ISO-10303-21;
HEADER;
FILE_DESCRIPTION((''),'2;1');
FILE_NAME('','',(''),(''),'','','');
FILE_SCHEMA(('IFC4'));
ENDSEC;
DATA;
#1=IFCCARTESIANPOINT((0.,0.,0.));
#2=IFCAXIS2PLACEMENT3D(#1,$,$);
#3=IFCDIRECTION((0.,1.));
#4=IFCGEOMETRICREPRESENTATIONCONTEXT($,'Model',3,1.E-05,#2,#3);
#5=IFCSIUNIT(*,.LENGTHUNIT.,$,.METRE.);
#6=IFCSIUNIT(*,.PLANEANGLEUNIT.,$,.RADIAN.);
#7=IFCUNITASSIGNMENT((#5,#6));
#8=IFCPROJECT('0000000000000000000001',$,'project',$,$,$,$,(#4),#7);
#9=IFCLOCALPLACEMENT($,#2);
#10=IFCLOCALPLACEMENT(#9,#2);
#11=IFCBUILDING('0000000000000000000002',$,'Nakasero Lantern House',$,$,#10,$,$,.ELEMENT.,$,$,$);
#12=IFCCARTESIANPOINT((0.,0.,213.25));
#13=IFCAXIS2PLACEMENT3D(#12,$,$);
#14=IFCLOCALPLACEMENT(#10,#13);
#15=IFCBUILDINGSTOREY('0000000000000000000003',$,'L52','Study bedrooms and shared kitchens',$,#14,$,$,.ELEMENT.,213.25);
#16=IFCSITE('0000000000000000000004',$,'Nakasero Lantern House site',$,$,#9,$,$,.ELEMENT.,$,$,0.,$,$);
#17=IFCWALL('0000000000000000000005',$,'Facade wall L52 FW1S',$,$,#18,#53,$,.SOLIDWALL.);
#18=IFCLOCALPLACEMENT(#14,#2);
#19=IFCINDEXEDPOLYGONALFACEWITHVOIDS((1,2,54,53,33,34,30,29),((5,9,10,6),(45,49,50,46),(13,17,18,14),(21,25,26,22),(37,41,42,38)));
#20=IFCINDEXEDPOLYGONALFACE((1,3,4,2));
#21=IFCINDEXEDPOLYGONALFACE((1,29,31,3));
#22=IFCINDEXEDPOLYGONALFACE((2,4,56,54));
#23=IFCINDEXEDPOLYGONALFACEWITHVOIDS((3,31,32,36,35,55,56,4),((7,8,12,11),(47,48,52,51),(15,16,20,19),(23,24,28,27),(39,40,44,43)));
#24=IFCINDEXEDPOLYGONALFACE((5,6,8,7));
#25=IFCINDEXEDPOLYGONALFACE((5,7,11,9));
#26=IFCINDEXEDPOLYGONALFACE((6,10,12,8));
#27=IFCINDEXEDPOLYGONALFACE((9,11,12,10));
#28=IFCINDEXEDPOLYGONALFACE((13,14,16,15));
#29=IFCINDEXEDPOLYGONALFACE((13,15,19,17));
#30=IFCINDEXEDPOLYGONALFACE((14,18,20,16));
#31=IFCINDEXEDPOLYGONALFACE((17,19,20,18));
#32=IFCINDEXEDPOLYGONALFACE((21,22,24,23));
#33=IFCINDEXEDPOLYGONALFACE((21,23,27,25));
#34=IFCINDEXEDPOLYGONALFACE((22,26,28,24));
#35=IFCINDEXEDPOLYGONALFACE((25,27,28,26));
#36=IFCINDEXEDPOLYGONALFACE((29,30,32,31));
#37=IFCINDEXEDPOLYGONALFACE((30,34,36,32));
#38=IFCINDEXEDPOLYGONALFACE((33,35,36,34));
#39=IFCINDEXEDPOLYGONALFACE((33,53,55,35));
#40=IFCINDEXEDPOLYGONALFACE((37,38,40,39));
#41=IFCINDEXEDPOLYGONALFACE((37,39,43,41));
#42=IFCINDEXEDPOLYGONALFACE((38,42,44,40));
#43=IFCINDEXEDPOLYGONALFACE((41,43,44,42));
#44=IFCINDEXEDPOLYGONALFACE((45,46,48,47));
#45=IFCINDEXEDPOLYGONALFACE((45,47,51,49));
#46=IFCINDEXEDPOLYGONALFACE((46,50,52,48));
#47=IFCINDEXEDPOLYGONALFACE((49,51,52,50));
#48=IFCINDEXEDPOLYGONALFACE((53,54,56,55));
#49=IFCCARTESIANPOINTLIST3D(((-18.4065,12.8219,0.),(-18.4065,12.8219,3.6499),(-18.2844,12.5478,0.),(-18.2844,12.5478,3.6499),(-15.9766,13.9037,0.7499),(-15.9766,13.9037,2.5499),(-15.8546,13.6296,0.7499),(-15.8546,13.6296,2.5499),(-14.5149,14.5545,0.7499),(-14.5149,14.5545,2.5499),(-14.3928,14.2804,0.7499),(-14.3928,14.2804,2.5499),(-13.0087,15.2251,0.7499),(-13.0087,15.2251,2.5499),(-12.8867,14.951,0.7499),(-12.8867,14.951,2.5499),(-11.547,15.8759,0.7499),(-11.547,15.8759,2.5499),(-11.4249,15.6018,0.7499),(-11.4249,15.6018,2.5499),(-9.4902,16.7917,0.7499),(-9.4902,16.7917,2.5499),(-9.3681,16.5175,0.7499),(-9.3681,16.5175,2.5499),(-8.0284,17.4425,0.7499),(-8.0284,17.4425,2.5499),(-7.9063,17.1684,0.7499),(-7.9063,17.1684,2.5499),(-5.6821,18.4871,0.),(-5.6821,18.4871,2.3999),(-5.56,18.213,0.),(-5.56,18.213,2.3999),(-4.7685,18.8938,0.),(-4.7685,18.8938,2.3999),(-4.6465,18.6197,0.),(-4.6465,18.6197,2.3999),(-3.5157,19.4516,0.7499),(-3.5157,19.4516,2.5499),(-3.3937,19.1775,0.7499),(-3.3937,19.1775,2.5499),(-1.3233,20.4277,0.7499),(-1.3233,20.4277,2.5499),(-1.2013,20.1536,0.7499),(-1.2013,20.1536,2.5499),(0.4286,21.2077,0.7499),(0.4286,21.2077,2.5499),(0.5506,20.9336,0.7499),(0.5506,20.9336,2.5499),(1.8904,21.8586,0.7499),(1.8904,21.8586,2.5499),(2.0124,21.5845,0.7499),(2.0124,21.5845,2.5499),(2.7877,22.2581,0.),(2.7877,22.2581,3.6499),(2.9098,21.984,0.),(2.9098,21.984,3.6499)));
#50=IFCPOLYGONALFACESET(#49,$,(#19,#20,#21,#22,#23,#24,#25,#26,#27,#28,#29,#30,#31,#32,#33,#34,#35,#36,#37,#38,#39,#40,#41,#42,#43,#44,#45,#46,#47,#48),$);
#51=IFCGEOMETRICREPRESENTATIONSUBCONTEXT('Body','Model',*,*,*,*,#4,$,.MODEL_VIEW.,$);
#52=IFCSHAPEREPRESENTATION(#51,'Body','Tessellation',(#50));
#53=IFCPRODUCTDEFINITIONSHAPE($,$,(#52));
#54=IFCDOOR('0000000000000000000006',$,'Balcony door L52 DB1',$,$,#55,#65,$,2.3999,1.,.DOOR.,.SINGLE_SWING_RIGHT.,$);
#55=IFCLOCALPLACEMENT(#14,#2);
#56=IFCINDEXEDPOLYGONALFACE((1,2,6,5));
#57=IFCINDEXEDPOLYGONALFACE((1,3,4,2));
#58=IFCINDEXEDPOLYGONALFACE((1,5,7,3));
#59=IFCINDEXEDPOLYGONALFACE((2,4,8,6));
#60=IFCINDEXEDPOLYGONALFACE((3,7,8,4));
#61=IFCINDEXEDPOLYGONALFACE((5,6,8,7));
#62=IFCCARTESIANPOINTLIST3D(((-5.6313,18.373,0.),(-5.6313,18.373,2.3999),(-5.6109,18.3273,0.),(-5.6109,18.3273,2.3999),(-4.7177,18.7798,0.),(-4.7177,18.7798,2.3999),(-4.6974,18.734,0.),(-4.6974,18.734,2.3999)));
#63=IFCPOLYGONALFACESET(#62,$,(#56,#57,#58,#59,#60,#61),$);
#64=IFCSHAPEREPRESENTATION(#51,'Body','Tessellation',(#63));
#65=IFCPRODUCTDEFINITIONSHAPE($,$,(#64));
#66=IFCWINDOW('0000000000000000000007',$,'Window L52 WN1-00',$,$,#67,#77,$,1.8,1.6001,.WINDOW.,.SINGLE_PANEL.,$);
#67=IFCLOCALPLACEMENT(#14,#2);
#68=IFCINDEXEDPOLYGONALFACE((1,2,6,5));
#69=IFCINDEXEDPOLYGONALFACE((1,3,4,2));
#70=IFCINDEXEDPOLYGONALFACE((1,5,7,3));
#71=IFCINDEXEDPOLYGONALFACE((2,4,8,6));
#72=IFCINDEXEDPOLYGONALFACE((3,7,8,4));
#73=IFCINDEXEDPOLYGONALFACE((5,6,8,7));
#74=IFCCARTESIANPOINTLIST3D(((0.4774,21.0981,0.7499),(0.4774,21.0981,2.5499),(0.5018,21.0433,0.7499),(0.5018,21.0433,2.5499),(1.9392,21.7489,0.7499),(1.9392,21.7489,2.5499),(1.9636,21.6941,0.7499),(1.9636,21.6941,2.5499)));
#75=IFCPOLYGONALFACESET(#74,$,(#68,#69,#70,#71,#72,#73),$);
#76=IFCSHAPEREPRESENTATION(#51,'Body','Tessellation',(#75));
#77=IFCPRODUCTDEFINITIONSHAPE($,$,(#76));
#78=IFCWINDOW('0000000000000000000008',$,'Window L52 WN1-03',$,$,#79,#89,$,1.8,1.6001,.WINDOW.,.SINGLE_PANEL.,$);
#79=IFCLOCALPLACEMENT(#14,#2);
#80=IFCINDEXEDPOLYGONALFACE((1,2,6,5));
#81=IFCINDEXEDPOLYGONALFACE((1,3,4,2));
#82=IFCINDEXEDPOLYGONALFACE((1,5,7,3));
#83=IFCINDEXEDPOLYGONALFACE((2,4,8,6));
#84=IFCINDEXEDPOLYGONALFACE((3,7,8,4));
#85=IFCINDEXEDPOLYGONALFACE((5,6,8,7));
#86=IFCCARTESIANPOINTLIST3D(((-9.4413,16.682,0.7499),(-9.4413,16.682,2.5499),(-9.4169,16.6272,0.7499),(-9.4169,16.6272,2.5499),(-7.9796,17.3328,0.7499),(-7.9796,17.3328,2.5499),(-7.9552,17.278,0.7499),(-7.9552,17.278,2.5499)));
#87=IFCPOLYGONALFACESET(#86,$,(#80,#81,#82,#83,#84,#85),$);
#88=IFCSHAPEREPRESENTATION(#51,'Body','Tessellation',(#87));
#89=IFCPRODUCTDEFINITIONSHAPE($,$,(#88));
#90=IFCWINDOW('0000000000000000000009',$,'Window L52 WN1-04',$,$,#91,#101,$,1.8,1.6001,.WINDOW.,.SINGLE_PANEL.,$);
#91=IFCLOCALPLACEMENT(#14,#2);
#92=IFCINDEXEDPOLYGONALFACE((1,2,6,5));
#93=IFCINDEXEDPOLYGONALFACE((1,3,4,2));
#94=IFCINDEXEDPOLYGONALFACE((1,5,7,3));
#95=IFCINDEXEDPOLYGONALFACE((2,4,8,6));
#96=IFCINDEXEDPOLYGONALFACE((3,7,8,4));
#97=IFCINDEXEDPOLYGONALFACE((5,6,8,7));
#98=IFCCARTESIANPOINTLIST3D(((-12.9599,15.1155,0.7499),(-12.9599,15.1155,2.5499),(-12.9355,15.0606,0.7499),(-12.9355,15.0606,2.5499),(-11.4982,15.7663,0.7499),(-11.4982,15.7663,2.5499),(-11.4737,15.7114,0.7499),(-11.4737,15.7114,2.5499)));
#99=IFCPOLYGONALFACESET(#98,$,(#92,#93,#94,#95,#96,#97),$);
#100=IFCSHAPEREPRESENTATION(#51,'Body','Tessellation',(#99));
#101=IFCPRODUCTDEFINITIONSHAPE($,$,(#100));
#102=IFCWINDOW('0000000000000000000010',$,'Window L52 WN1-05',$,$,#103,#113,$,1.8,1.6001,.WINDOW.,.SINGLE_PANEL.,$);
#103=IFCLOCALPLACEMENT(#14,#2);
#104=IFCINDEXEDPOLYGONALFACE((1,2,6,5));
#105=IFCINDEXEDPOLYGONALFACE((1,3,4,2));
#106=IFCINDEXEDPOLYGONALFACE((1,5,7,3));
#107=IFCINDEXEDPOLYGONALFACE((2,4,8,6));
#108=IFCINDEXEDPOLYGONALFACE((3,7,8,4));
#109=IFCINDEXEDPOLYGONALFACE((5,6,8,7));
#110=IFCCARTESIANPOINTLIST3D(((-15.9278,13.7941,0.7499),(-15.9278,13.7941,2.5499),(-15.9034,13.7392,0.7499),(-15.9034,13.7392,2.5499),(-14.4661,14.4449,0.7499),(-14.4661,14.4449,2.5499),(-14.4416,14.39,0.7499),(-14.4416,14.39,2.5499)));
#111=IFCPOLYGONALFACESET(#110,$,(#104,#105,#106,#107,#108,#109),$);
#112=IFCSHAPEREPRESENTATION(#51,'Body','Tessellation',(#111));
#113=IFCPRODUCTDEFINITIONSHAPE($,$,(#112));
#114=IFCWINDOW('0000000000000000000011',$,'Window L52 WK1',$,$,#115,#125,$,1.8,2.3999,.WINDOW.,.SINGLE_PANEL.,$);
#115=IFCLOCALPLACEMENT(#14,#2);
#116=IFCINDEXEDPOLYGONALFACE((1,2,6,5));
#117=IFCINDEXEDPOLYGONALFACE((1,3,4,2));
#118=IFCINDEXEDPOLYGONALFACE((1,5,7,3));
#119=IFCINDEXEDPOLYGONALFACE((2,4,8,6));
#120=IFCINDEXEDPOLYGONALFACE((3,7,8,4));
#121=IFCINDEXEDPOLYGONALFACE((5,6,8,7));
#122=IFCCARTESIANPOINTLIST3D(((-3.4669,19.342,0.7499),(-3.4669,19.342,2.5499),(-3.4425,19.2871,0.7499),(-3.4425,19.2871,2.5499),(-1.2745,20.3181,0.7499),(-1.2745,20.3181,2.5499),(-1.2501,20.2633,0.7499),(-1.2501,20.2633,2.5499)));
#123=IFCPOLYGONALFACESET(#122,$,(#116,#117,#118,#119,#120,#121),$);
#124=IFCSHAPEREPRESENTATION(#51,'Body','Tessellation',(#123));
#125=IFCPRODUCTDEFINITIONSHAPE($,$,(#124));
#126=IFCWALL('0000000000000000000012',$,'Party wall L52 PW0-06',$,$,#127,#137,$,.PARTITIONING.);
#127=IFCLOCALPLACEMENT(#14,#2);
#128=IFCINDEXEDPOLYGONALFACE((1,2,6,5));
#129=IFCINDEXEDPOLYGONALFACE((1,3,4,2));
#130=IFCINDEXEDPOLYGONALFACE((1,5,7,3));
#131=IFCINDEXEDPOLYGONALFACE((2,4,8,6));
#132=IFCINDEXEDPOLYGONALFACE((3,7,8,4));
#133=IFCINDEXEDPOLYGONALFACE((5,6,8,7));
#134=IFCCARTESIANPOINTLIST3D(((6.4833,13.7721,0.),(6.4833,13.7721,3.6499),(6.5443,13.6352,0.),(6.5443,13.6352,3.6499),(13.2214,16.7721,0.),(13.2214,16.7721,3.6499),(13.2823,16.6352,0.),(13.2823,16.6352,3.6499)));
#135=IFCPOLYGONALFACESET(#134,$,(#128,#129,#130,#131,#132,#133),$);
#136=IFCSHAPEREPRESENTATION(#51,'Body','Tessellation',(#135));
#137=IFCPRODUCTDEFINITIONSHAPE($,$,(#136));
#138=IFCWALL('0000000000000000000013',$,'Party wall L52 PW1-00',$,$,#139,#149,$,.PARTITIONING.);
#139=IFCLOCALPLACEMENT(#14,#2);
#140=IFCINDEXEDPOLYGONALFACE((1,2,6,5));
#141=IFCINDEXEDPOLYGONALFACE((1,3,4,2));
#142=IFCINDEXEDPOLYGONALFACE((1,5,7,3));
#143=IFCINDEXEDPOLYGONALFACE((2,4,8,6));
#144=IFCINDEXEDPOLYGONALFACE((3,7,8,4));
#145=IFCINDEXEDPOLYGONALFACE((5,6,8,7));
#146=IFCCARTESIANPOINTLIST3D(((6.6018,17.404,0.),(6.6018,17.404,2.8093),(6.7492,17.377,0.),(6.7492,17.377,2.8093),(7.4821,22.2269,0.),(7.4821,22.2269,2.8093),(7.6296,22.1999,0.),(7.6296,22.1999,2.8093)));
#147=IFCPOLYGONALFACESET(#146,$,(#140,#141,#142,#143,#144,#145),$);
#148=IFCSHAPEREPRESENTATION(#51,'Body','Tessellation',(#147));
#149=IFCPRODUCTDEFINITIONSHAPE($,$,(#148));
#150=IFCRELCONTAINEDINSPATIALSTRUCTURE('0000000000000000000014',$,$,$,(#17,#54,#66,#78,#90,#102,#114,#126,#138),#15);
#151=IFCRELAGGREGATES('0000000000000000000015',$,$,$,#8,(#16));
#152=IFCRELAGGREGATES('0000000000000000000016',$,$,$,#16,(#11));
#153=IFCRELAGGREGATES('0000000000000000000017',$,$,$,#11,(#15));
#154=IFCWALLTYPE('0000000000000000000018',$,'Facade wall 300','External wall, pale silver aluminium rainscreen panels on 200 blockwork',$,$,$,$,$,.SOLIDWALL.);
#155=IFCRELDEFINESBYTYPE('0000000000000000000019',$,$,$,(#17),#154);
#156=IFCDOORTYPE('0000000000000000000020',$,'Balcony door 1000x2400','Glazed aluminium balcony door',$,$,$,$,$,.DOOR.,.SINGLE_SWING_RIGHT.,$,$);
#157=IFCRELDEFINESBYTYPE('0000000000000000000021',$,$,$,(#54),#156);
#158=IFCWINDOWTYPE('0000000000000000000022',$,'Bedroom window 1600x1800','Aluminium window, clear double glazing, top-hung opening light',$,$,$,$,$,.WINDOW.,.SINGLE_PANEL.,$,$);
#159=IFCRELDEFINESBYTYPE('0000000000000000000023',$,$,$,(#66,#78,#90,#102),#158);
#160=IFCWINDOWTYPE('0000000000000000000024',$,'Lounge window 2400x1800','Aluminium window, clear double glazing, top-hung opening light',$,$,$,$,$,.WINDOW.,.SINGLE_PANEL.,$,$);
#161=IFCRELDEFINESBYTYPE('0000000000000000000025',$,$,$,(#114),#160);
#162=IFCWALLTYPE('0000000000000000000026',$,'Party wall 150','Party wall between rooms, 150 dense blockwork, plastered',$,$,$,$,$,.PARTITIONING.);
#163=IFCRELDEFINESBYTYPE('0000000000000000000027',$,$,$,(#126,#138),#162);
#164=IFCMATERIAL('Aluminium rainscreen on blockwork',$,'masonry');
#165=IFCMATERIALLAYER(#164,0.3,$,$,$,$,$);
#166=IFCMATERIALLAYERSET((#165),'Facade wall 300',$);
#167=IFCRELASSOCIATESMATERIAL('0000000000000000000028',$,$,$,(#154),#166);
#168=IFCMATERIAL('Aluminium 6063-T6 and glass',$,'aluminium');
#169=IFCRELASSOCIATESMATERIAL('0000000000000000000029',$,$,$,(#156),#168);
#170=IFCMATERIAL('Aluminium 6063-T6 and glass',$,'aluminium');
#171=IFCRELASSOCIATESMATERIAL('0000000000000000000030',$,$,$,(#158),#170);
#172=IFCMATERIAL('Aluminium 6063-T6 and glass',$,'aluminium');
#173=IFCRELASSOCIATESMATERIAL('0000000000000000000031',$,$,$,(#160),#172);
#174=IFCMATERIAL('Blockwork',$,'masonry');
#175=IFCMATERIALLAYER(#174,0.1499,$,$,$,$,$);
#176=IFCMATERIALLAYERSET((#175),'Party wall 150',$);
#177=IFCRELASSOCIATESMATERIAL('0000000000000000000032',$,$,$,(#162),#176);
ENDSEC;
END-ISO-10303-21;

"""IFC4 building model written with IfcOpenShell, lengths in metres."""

from ifc_helpers import new_model, si_unit, direction, frame, frame_2d, origin, place, context, subcontext, project, spatial, rectangle, extrude, material, layer, layer_set, type_object, element, fill, save


model = new_model("IFC4")

# Units and contexts
model_context = context("Model", 3, precision=1e-05, world=origin(), true_north=direction((0.0, 1.0)))
body_context = subcontext(model_context, "Body", "Model", "MODEL_VIEW")
ifc_project = project(units=[si_unit("LENGTHUNIT", "METRE"), si_unit("PLANEANGLEUNIT", "RADIAN")], contexts=[model_context])

# Site, building, storey
site_placement = place(None, origin())
site = spatial("IfcSite", under=ifc_project, at=site_placement, Name="Nakasero Lantern House site", CompositionType="ELEMENT", RefElevation=0.0)
building_placement = place(site_placement, origin())
building = spatial("IfcBuilding", under=site, at=building_placement, Name="Nakasero Lantern House", CompositionType="ELEMENT")
storey_placement = place(building_placement, frame((0.0, 0.0, 213.25)))
storey = spatial("IfcBuildingStorey", under=building, at=storey_placement, Name="L52", Description="Study bedrooms and shared kitchens", CompositionType="ELEMENT", Elevation=213.25)

# Shared definitions
ifc_material_1 = material(Name="Aluminium rainscreen on blockwork", Category="masonry")
ifc_layer_1 = layer(ifc_material_1, 0.3)
ifc_layer_set_1 = layer_set([ifc_layer_1], Name="Facade wall 300")
wall_type_1 = type_object("IfcWallType", Name="Facade wall 300", Description="External wall, pale silver aluminium rainscreen panels on 200 blockwork", PredefinedType="SOLIDWALL", material=ifc_layer_set_1)

# Wall, openings, door, windows
wall_1_placement = place(storey_placement, frame((2.8489, 22.1211, 0.0), z_axis=(0.0, 0.0, 1.0), x_axis=(-0.913546, -0.406735, 0.0)))
wall_1 = element("IfcWall", 1, at=wall_1_placement, inside=storey, type_object=wall_type_1, Name="Facade wall L52 FW1S", PredefinedType="SOLIDWALL", context=body_context, shape_type="SweptSolid", body=[
    extrude(rectangle(XDim=23.2, YDim=0.3, at=frame_2d((11.6001, 0.0))), origin(), (0.0, 0.0, 1.0), 3.6499),
])
opening_1_placement = place(wall_1_placement, frame((0.9824, 0.0, 0.75)))
opening_1 = element("IfcOpeningElement", 2, at=opening_1_placement, cuts=wall_1, PredefinedType="OPENING", context=body_context, shape_type="SweptSolid", body=[
    extrude(rectangle(XDim=1.6001, YDim=1.8, at=frame_2d((0.8, 0.8999))), frame((0.0, 0.1699, 0.0), z_axis=(0.0, -1.0, 0.0), x_axis=(1.0, 0.0, 0.0)), (0.0, 0.0, 1.0), 0.3401),
])
opening_2_placement = place(wall_1_placement, frame((11.8398, 0.0, 0.75)))
opening_2 = element("IfcOpeningElement", 3, at=opening_2_placement, cuts=wall_1, PredefinedType="OPENING", context=body_context, shape_type="SweptSolid", body=[
    extrude(rectangle(XDim=1.6001, YDim=1.8, at=frame_2d((0.8, 0.8999))), frame((0.0, 0.1699, 0.0), z_axis=(0.0, -1.0, 0.0), x_axis=(1.0, 0.0, 0.0)), (0.0, 0.0, 1.0), 0.3401),
])
opening_3_placement = place(wall_1_placement, frame((15.6914, 0.0, 0.75)))
opening_3 = element("IfcOpeningElement", 4, at=opening_3_placement, cuts=wall_1, PredefinedType="OPENING", context=body_context, shape_type="SweptSolid", body=[
    extrude(rectangle(XDim=1.6001, YDim=1.8, at=frame_2d((0.8, 0.8999))), frame((0.0, 0.1699, 0.0), z_axis=(0.0, -1.0, 0.0), x_axis=(1.0, 0.0, 0.0)), (0.0, 0.0, 1.0), 0.3401),
])
opening_4_placement = place(wall_1_placement, frame((18.9402, 0.0, 0.75)))
opening_4 = element("IfcOpeningElement", 5, at=opening_4_placement, cuts=wall_1, PredefinedType="OPENING", context=body_context, shape_type="SweptSolid", body=[
    extrude(rectangle(XDim=1.6001, YDim=1.8, at=frame_2d((0.8, 0.8999))), frame((0.0, 0.1699, 0.0), z_axis=(0.0, -1.0, 0.0), x_axis=(1.0, 0.0, 0.0)), (0.0, 0.0, 1.0), 0.3401),
])
opening_5_placement = place(wall_1_placement, frame((4.5002, 0.0, 0.75)))
opening_5 = element("IfcOpeningElement", 6, at=opening_5_placement, cuts=wall_1, PredefinedType="OPENING", context=body_context, shape_type="SweptSolid", body=[
    extrude(rectangle(XDim=2.3999, YDim=1.8, at=frame_2d((1.2, 0.8999))), frame((0.0, 0.1699, 0.0), z_axis=(0.0, -1.0, 0.0), x_axis=(1.0, 0.0, 0.0)), (0.0, 0.0, 1.0), 0.3401),
])
opening_6_placement = place(wall_1_placement, frame((8.2715, 0.0, 0.0)))
opening_6 = element("IfcOpeningElement", 7, at=opening_6_placement, cuts=wall_1, PredefinedType="OPENING", context=body_context, shape_type="SweptSolid", body=[
    extrude(rectangle(XDim=1.0, YDim=2.3999, at=frame_2d((0.5, 1.2))), frame((0.0, 0.1699, 0.0), z_axis=(0.0, -1.0, 0.0), x_axis=(1.0, 0.0, 0.0)), (0.0, 0.0, 1.0), 0.3401),
])
ifc_material_2 = material(Name="Aluminium 6063-T6 and glass", Category="aluminium")
door_type_1 = type_object("IfcDoorType", Name="Balcony door 1000x2400", Description="Glazed aluminium balcony door", OperationType="SINGLE_SWING_RIGHT", PredefinedType="DOOR", material=ifc_material_2)
door_1_placement = place(opening_6_placement, origin())
door_1 = element("IfcDoor", 8, at=door_1_placement, inside=storey, type_object=door_type_1, Name="Balcony door L52 DB1", OperationType="SINGLE_SWING_RIGHT", OverallHeight=2.3999, OverallWidth=1.0, PredefinedType="DOOR", context=body_context, shape_type="SweptSolid", body=[
    extrude(rectangle(XDim=1.0, YDim=2.3999, at=frame_2d((0.5, 1.2))), frame((0.0, 0.0249, 0.0), z_axis=(0.0, -1.0, 0.0), x_axis=(1.0, 0.0, 0.0)), (0.0, 0.0, 1.0), 0.05),
])
fill(opening_6, door_1)
ifc_material_3 = material(Name="Aluminium 6063-T6 and glass", Category="aluminium")
window_type_1 = type_object("IfcWindowType", Name="Bedroom window 1600x1800", Description="Aluminium window, clear double glazing, top-hung opening light", PartitioningType="SINGLE_PANEL", PredefinedType="WINDOW", material=ifc_material_3)
window_1_placement = place(opening_1_placement, origin())
window_1 = element("IfcWindow", 9, at=window_1_placement, inside=storey, type_object=window_type_1, Name="Window L52 WN1-00", OverallHeight=1.8, OverallWidth=1.6001, PartitioningType="SINGLE_PANEL", PredefinedType="WINDOW", context=body_context, shape_type="SweptSolid", body=[
    extrude(rectangle(XDim=1.6001, YDim=1.8, at=frame_2d((0.8, 0.8999))), frame((0.0, 0.03, 0.0), z_axis=(0.0, -1.0, 0.0), x_axis=(1.0, 0.0, 0.0)), (0.0, 0.0, 1.0), 0.0601),
])
fill(opening_1, window_1)
window_2_placement = place(opening_2_placement, origin())
window_2 = element("IfcWindow", 10, at=window_2_placement, inside=storey, type_object=window_type_1, Name="Window L52 WN1-03", OverallHeight=1.8, OverallWidth=1.6001, PartitioningType="SINGLE_PANEL", PredefinedType="WINDOW", context=body_context, shape_type="SweptSolid", body=[
    extrude(rectangle(XDim=1.6001, YDim=1.8, at=frame_2d((0.8, 0.8999))), frame((0.0, 0.03, 0.0), z_axis=(0.0, -1.0, 0.0), x_axis=(1.0, 0.0, 0.0)), (0.0, 0.0, 1.0), 0.0601),
])
fill(opening_2, window_2)
window_3_placement = place(opening_3_placement, origin())
window_3 = element("IfcWindow", 11, at=window_3_placement, inside=storey, type_object=window_type_1, Name="Window L52 WN1-04", OverallHeight=1.8, OverallWidth=1.6001, PartitioningType="SINGLE_PANEL", PredefinedType="WINDOW", context=body_context, shape_type="SweptSolid", body=[
    extrude(rectangle(XDim=1.6001, YDim=1.8, at=frame_2d((0.8, 0.8999))), frame((0.0, 0.03, 0.0), z_axis=(0.0, -1.0, 0.0), x_axis=(1.0, 0.0, 0.0)), (0.0, 0.0, 1.0), 0.0601),
])
fill(opening_3, window_3)
window_4_placement = place(opening_4_placement, origin())
window_4 = element("IfcWindow", 12, at=window_4_placement, inside=storey, type_object=window_type_1, Name="Window L52 WN1-05", OverallHeight=1.8, OverallWidth=1.6001, PartitioningType="SINGLE_PANEL", PredefinedType="WINDOW", context=body_context, shape_type="SweptSolid", body=[
    extrude(rectangle(XDim=1.6001, YDim=1.8, at=frame_2d((0.8, 0.8999))), frame((0.0, 0.03, 0.0), z_axis=(0.0, -1.0, 0.0), x_axis=(1.0, 0.0, 0.0)), (0.0, 0.0, 1.0), 0.0601),
])
fill(opening_4, window_4)
ifc_material_4 = material(Name="Aluminium 6063-T6 and glass", Category="aluminium")
window_type_2 = type_object("IfcWindowType", Name="Lounge window 2400x1800", Description="Aluminium window, clear double glazing, top-hung opening light", PartitioningType="SINGLE_PANEL", PredefinedType="WINDOW", material=ifc_material_4)
window_5_placement = place(opening_5_placement, origin())
window_5 = element("IfcWindow", 13, at=window_5_placement, inside=storey, type_object=window_type_2, Name="Window L52 WK1", OverallHeight=1.8, OverallWidth=2.3999, PartitioningType="SINGLE_PANEL", PredefinedType="WINDOW", context=body_context, shape_type="SweptSolid", body=[
    extrude(rectangle(XDim=2.3999, YDim=1.8, at=frame_2d((1.2, 0.8999))), frame((0.0, 0.03, 0.0), z_axis=(0.0, -1.0, 0.0), x_axis=(1.0, 0.0, 0.0)), (0.0, 0.0, 1.0), 0.0601),
])
fill(opening_5, window_5)

# Walls
ifc_material_5 = material(Name="Blockwork", Category="masonry")
ifc_layer_2 = layer(ifc_material_5, 0.1499)
ifc_layer_set_2 = layer_set([ifc_layer_2], Name="Party wall 150")
wall_type_2 = type_object("IfcWallType", Name="Party wall 150", Description="Party wall between rooms, 150 dense blockwork, plastered", PredefinedType="PARTITIONING", material=ifc_layer_set_2)
wall_2_placement = place(storey_placement, frame((6.5137, 13.7036, 0.0), z_axis=(0.0, 0.0, 1.0), x_axis=(0.913544, 0.40674, 0.0)))
element("IfcWall", 14, at=wall_2_placement, inside=storey, type_object=wall_type_2, Name="Party wall L52 PW0-06", PredefinedType="PARTITIONING", context=body_context, shape_type="SweptSolid", body=[
    extrude(rectangle(XDim=7.3757, YDim=0.1499, at=frame_2d((3.688, 0.0))), origin(), (0.0, 0.0, 1.0), 3.6499),
])
wall_3_placement = place(storey_placement, frame((6.6755, 17.3906, 0.0), z_axis=(0.0, 0.0, 1.0), x_axis=(0.179569, 0.983745, 0.0)))
element("IfcWall", 15, at=wall_3_placement, inside=storey, type_object=wall_type_2, Name="Party wall L52 PW1-00", PredefinedType="PARTITIONING", context=body_context, shape_type="SweptSolid", body=[
    extrude(rectangle(XDim=4.9026, YDim=0.1499, at=frame_2d((2.4512, 0.0))), origin(), (0.0, 0.0, 1.0), 2.8093),
])

save(model, "model.ifc")
